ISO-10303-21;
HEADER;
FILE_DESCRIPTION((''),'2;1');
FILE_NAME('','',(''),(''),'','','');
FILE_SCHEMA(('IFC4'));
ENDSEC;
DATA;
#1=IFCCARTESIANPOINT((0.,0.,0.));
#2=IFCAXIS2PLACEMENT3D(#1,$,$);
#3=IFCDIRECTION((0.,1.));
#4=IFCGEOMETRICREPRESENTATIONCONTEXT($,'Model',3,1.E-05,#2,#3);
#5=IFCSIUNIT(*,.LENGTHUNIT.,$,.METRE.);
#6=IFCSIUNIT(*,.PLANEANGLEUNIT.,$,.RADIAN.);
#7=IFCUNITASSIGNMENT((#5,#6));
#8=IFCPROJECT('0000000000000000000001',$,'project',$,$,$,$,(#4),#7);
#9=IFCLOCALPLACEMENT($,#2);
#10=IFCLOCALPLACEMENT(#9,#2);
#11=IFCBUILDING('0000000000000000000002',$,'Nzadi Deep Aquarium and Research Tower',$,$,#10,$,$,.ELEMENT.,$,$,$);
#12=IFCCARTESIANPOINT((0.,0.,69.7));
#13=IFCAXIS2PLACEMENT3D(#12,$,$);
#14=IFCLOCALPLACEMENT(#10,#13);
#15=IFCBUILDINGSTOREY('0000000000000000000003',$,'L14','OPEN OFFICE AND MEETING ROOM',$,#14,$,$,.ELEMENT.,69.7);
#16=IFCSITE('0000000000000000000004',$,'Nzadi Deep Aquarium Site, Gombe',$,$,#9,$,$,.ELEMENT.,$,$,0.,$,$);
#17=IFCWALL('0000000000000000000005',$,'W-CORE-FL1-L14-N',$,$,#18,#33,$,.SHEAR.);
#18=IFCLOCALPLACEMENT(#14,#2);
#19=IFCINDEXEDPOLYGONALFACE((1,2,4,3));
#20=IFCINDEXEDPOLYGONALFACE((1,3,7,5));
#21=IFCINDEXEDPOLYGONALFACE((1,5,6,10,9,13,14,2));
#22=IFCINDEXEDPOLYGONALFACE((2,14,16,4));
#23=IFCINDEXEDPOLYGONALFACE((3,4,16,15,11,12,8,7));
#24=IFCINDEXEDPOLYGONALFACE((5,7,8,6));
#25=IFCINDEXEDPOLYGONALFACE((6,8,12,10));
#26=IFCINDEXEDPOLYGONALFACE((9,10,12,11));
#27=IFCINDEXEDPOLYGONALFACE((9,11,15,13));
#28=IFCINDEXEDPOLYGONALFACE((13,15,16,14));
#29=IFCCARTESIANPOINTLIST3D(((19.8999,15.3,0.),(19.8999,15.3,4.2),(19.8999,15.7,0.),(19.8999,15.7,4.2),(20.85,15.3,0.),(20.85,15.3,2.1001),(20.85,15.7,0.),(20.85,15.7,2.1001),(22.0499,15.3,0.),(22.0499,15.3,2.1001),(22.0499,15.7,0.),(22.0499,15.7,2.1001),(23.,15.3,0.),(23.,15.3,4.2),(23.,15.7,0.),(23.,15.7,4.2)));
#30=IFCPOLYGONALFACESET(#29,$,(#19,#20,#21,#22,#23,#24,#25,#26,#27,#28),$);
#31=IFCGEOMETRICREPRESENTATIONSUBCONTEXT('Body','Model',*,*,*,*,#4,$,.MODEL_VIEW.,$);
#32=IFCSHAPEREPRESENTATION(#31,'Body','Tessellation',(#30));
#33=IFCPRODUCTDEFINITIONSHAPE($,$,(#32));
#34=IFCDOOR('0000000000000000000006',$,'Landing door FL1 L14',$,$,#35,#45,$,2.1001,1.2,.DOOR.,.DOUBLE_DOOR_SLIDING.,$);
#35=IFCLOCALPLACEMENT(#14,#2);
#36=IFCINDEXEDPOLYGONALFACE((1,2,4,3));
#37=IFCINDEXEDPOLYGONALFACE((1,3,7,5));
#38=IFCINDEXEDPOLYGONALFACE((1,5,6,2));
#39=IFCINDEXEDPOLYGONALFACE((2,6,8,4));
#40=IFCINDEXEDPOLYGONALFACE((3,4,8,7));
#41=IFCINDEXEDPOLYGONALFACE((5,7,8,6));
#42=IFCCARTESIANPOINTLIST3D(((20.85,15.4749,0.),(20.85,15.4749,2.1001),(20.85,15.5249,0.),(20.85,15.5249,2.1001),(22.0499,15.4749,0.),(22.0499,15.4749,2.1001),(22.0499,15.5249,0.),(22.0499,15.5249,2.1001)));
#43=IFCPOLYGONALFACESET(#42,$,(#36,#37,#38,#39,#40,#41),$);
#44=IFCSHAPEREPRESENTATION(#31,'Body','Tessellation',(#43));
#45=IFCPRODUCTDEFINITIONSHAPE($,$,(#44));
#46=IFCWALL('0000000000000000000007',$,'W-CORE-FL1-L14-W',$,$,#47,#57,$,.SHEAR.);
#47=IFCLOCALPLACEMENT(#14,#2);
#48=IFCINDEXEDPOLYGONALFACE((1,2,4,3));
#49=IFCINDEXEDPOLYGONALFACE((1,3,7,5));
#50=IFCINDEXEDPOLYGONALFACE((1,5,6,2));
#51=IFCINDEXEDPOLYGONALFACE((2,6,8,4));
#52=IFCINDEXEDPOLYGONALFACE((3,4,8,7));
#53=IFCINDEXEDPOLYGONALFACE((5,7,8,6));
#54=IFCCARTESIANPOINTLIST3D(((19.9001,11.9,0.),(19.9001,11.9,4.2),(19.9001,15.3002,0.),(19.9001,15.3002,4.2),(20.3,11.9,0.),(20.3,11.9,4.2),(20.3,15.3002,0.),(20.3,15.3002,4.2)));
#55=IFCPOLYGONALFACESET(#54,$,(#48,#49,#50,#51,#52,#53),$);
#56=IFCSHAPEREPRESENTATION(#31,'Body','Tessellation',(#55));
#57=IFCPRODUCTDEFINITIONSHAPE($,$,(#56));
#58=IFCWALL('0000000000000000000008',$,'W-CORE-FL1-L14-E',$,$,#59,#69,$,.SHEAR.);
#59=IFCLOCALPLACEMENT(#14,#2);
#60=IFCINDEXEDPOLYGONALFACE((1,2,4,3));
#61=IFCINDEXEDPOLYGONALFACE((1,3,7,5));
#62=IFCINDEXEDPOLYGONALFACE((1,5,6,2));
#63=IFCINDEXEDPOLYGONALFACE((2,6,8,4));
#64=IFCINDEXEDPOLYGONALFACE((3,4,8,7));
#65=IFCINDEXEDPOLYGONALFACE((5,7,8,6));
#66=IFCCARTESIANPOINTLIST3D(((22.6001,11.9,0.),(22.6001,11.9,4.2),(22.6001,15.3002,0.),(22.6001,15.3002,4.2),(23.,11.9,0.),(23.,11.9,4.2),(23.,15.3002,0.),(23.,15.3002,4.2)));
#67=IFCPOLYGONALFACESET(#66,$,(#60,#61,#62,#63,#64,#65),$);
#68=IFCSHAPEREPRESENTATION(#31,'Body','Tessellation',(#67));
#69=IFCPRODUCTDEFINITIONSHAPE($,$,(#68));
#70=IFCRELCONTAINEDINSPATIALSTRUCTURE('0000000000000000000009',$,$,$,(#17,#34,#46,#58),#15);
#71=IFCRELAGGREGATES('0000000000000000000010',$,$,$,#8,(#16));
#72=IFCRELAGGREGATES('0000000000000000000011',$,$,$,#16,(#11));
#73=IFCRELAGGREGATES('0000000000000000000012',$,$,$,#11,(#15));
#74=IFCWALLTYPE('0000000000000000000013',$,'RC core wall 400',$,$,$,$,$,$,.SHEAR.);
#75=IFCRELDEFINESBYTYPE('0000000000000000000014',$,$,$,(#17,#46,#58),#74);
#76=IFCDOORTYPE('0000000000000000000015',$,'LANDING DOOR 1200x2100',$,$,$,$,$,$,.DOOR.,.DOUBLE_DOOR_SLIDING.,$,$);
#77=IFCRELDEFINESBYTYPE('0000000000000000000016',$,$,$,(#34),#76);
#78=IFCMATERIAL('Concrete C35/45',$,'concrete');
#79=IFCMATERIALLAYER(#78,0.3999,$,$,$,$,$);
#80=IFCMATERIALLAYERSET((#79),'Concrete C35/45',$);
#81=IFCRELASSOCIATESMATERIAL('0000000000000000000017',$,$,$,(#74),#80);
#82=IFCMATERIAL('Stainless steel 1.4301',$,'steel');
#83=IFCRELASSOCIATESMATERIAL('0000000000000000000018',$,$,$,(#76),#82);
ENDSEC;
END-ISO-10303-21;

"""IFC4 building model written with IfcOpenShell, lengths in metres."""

from ifc_helpers import new_model, si_unit, direction, frame, frame_2d, origin, place, context, subcontext, project, spatial, rectangle, extrude, material, layer, layer_set, type_object, element, fill, save


model = new_model("IFC4")

# Units and contexts
model_context = context("Model", 3, precision=1e-05, world=origin(), true_north=direction((0.0, 1.0)))
body_context = subcontext(model_context, "Body", "Model", "MODEL_VIEW")
ifc_project = project(units=[si_unit("LENGTHUNIT", "METRE"), si_unit("PLANEANGLEUNIT", "RADIAN")], contexts=[model_context])

# Site, building, storey
site_placement = place(None, origin())
site = spatial("IfcSite", under=ifc_project, at=site_placement, Name="Nzadi Deep Aquarium Site, Gombe", CompositionType="ELEMENT", RefElevation=0.0)
building_placement = place(site_placement, origin())
building = spatial("IfcBuilding", under=site, at=building_placement, Name="Nzadi Deep Aquarium and Research Tower", CompositionType="ELEMENT")
storey_placement = place(building_placement, frame((0.0, 0.0, 69.7)))
storey = spatial("IfcBuildingStorey", under=building, at=storey_placement, Name="L14", Description="OPEN OFFICE AND MEETING ROOM", CompositionType="ELEMENT", Elevation=69.7)

# Shared definitions
ifc_material_1 = material(Name="Concrete C35/45", Category="concrete")
ifc_layer_1 = layer(ifc_material_1, 0.3999)
ifc_layer_set_1 = layer_set([ifc_layer_1], Name="Concrete C35/45")
wall_type = type_object("IfcWallType", Name="RC core wall 400", PredefinedType="SHEAR", material=ifc_layer_set_1)

# Wall, opening, door
wall_1_placement = place(storey_placement, frame((19.8999, 15.5, 0.0), z_axis=(0.0, 0.0, 1.0), x_axis=(1.0, 0.0, 0.0)))
wall_1 = element("IfcWall", 1, at=wall_1_placement, inside=storey, type_object=wall_type, Name="W-CORE-FL1-L14-N", PredefinedType="SHEAR", context=body_context, shape_type="SweptSolid", body=[
    extrude(rectangle(XDim=3.1001, YDim=0.3999, at=frame_2d((1.55, 0.0))), origin(), (0.0, 0.0, 1.0), 4.2),
])
opening_1_placement = place(wall_1_placement, frame((0.95, 0.0, 0.0)))
opening_1 = element("IfcOpeningElement", 2, at=opening_1_placement, cuts=wall_1, PredefinedType="OPENING", context=body_context, shape_type="SweptSolid", body=[
    extrude(rectangle(XDim=1.2, YDim=2.1001, at=frame_2d((0.6001, 1.05))), frame((0.0, 0.21, 0.0), z_axis=(0.0, -1.0, 0.0), x_axis=(1.0, 0.0, 0.0)), (0.0, 0.0, 1.0), 0.4199),
])
ifc_material_2 = material(Name="Stainless steel 1.4301", Category="steel")
door_type_1 = type_object("IfcDoorType", Name="LANDING DOOR 1200x2100", OperationType="DOUBLE_DOOR_SLIDING", PredefinedType="DOOR", material=ifc_material_2)
door_1_placement = place(opening_1_placement, origin())
door_1 = element("IfcDoor", 3, at=door_1_placement, inside=storey, type_object=door_type_1, Name="Landing door FL1 L14", OperationType="DOUBLE_DOOR_SLIDING", OverallHeight=2.1001, OverallWidth=1.2, PredefinedType="DOOR", context=body_context, shape_type="SweptSolid", body=[
    extrude(rectangle(XDim=1.2, YDim=2.1001, at=frame_2d((0.6001, 1.05))), frame((0.0, 0.0249, 0.0), z_axis=(0.0, -1.0, 0.0), x_axis=(1.0, 0.0, 0.0)), (0.0, 0.0, 1.0), 0.05),
])
fill(opening_1, door_1)

# Walls
for number, where, z_axis, x_axis, name in (
    (4, (20.1001, 11.8999, 0.0), (0.0, 0.0, 1.0), (0.0, 1.0, 0.0), "W-CORE-FL1-L14-W"),
    (5, (22.8, 11.8999, 0.0), (0.0, 0.0, 1.0), (0.0, 1.0, 0.0), "W-CORE-FL1-L14-E"),
):
    element("IfcWall", number, at=place(storey_placement, frame(where, z_axis=z_axis, x_axis=x_axis)), inside=storey, type_object=wall_type, Name=name, PredefinedType="SHEAR", context=body_context, shape_type="SweptSolid", body=[
        extrude(rectangle(XDim=3.4001, YDim=0.3999, at=frame_2d((1.7002, 0.0))), origin(), (0.0, 0.0, 1.0), 4.2),
    ])

save(model, "model.ifc")
